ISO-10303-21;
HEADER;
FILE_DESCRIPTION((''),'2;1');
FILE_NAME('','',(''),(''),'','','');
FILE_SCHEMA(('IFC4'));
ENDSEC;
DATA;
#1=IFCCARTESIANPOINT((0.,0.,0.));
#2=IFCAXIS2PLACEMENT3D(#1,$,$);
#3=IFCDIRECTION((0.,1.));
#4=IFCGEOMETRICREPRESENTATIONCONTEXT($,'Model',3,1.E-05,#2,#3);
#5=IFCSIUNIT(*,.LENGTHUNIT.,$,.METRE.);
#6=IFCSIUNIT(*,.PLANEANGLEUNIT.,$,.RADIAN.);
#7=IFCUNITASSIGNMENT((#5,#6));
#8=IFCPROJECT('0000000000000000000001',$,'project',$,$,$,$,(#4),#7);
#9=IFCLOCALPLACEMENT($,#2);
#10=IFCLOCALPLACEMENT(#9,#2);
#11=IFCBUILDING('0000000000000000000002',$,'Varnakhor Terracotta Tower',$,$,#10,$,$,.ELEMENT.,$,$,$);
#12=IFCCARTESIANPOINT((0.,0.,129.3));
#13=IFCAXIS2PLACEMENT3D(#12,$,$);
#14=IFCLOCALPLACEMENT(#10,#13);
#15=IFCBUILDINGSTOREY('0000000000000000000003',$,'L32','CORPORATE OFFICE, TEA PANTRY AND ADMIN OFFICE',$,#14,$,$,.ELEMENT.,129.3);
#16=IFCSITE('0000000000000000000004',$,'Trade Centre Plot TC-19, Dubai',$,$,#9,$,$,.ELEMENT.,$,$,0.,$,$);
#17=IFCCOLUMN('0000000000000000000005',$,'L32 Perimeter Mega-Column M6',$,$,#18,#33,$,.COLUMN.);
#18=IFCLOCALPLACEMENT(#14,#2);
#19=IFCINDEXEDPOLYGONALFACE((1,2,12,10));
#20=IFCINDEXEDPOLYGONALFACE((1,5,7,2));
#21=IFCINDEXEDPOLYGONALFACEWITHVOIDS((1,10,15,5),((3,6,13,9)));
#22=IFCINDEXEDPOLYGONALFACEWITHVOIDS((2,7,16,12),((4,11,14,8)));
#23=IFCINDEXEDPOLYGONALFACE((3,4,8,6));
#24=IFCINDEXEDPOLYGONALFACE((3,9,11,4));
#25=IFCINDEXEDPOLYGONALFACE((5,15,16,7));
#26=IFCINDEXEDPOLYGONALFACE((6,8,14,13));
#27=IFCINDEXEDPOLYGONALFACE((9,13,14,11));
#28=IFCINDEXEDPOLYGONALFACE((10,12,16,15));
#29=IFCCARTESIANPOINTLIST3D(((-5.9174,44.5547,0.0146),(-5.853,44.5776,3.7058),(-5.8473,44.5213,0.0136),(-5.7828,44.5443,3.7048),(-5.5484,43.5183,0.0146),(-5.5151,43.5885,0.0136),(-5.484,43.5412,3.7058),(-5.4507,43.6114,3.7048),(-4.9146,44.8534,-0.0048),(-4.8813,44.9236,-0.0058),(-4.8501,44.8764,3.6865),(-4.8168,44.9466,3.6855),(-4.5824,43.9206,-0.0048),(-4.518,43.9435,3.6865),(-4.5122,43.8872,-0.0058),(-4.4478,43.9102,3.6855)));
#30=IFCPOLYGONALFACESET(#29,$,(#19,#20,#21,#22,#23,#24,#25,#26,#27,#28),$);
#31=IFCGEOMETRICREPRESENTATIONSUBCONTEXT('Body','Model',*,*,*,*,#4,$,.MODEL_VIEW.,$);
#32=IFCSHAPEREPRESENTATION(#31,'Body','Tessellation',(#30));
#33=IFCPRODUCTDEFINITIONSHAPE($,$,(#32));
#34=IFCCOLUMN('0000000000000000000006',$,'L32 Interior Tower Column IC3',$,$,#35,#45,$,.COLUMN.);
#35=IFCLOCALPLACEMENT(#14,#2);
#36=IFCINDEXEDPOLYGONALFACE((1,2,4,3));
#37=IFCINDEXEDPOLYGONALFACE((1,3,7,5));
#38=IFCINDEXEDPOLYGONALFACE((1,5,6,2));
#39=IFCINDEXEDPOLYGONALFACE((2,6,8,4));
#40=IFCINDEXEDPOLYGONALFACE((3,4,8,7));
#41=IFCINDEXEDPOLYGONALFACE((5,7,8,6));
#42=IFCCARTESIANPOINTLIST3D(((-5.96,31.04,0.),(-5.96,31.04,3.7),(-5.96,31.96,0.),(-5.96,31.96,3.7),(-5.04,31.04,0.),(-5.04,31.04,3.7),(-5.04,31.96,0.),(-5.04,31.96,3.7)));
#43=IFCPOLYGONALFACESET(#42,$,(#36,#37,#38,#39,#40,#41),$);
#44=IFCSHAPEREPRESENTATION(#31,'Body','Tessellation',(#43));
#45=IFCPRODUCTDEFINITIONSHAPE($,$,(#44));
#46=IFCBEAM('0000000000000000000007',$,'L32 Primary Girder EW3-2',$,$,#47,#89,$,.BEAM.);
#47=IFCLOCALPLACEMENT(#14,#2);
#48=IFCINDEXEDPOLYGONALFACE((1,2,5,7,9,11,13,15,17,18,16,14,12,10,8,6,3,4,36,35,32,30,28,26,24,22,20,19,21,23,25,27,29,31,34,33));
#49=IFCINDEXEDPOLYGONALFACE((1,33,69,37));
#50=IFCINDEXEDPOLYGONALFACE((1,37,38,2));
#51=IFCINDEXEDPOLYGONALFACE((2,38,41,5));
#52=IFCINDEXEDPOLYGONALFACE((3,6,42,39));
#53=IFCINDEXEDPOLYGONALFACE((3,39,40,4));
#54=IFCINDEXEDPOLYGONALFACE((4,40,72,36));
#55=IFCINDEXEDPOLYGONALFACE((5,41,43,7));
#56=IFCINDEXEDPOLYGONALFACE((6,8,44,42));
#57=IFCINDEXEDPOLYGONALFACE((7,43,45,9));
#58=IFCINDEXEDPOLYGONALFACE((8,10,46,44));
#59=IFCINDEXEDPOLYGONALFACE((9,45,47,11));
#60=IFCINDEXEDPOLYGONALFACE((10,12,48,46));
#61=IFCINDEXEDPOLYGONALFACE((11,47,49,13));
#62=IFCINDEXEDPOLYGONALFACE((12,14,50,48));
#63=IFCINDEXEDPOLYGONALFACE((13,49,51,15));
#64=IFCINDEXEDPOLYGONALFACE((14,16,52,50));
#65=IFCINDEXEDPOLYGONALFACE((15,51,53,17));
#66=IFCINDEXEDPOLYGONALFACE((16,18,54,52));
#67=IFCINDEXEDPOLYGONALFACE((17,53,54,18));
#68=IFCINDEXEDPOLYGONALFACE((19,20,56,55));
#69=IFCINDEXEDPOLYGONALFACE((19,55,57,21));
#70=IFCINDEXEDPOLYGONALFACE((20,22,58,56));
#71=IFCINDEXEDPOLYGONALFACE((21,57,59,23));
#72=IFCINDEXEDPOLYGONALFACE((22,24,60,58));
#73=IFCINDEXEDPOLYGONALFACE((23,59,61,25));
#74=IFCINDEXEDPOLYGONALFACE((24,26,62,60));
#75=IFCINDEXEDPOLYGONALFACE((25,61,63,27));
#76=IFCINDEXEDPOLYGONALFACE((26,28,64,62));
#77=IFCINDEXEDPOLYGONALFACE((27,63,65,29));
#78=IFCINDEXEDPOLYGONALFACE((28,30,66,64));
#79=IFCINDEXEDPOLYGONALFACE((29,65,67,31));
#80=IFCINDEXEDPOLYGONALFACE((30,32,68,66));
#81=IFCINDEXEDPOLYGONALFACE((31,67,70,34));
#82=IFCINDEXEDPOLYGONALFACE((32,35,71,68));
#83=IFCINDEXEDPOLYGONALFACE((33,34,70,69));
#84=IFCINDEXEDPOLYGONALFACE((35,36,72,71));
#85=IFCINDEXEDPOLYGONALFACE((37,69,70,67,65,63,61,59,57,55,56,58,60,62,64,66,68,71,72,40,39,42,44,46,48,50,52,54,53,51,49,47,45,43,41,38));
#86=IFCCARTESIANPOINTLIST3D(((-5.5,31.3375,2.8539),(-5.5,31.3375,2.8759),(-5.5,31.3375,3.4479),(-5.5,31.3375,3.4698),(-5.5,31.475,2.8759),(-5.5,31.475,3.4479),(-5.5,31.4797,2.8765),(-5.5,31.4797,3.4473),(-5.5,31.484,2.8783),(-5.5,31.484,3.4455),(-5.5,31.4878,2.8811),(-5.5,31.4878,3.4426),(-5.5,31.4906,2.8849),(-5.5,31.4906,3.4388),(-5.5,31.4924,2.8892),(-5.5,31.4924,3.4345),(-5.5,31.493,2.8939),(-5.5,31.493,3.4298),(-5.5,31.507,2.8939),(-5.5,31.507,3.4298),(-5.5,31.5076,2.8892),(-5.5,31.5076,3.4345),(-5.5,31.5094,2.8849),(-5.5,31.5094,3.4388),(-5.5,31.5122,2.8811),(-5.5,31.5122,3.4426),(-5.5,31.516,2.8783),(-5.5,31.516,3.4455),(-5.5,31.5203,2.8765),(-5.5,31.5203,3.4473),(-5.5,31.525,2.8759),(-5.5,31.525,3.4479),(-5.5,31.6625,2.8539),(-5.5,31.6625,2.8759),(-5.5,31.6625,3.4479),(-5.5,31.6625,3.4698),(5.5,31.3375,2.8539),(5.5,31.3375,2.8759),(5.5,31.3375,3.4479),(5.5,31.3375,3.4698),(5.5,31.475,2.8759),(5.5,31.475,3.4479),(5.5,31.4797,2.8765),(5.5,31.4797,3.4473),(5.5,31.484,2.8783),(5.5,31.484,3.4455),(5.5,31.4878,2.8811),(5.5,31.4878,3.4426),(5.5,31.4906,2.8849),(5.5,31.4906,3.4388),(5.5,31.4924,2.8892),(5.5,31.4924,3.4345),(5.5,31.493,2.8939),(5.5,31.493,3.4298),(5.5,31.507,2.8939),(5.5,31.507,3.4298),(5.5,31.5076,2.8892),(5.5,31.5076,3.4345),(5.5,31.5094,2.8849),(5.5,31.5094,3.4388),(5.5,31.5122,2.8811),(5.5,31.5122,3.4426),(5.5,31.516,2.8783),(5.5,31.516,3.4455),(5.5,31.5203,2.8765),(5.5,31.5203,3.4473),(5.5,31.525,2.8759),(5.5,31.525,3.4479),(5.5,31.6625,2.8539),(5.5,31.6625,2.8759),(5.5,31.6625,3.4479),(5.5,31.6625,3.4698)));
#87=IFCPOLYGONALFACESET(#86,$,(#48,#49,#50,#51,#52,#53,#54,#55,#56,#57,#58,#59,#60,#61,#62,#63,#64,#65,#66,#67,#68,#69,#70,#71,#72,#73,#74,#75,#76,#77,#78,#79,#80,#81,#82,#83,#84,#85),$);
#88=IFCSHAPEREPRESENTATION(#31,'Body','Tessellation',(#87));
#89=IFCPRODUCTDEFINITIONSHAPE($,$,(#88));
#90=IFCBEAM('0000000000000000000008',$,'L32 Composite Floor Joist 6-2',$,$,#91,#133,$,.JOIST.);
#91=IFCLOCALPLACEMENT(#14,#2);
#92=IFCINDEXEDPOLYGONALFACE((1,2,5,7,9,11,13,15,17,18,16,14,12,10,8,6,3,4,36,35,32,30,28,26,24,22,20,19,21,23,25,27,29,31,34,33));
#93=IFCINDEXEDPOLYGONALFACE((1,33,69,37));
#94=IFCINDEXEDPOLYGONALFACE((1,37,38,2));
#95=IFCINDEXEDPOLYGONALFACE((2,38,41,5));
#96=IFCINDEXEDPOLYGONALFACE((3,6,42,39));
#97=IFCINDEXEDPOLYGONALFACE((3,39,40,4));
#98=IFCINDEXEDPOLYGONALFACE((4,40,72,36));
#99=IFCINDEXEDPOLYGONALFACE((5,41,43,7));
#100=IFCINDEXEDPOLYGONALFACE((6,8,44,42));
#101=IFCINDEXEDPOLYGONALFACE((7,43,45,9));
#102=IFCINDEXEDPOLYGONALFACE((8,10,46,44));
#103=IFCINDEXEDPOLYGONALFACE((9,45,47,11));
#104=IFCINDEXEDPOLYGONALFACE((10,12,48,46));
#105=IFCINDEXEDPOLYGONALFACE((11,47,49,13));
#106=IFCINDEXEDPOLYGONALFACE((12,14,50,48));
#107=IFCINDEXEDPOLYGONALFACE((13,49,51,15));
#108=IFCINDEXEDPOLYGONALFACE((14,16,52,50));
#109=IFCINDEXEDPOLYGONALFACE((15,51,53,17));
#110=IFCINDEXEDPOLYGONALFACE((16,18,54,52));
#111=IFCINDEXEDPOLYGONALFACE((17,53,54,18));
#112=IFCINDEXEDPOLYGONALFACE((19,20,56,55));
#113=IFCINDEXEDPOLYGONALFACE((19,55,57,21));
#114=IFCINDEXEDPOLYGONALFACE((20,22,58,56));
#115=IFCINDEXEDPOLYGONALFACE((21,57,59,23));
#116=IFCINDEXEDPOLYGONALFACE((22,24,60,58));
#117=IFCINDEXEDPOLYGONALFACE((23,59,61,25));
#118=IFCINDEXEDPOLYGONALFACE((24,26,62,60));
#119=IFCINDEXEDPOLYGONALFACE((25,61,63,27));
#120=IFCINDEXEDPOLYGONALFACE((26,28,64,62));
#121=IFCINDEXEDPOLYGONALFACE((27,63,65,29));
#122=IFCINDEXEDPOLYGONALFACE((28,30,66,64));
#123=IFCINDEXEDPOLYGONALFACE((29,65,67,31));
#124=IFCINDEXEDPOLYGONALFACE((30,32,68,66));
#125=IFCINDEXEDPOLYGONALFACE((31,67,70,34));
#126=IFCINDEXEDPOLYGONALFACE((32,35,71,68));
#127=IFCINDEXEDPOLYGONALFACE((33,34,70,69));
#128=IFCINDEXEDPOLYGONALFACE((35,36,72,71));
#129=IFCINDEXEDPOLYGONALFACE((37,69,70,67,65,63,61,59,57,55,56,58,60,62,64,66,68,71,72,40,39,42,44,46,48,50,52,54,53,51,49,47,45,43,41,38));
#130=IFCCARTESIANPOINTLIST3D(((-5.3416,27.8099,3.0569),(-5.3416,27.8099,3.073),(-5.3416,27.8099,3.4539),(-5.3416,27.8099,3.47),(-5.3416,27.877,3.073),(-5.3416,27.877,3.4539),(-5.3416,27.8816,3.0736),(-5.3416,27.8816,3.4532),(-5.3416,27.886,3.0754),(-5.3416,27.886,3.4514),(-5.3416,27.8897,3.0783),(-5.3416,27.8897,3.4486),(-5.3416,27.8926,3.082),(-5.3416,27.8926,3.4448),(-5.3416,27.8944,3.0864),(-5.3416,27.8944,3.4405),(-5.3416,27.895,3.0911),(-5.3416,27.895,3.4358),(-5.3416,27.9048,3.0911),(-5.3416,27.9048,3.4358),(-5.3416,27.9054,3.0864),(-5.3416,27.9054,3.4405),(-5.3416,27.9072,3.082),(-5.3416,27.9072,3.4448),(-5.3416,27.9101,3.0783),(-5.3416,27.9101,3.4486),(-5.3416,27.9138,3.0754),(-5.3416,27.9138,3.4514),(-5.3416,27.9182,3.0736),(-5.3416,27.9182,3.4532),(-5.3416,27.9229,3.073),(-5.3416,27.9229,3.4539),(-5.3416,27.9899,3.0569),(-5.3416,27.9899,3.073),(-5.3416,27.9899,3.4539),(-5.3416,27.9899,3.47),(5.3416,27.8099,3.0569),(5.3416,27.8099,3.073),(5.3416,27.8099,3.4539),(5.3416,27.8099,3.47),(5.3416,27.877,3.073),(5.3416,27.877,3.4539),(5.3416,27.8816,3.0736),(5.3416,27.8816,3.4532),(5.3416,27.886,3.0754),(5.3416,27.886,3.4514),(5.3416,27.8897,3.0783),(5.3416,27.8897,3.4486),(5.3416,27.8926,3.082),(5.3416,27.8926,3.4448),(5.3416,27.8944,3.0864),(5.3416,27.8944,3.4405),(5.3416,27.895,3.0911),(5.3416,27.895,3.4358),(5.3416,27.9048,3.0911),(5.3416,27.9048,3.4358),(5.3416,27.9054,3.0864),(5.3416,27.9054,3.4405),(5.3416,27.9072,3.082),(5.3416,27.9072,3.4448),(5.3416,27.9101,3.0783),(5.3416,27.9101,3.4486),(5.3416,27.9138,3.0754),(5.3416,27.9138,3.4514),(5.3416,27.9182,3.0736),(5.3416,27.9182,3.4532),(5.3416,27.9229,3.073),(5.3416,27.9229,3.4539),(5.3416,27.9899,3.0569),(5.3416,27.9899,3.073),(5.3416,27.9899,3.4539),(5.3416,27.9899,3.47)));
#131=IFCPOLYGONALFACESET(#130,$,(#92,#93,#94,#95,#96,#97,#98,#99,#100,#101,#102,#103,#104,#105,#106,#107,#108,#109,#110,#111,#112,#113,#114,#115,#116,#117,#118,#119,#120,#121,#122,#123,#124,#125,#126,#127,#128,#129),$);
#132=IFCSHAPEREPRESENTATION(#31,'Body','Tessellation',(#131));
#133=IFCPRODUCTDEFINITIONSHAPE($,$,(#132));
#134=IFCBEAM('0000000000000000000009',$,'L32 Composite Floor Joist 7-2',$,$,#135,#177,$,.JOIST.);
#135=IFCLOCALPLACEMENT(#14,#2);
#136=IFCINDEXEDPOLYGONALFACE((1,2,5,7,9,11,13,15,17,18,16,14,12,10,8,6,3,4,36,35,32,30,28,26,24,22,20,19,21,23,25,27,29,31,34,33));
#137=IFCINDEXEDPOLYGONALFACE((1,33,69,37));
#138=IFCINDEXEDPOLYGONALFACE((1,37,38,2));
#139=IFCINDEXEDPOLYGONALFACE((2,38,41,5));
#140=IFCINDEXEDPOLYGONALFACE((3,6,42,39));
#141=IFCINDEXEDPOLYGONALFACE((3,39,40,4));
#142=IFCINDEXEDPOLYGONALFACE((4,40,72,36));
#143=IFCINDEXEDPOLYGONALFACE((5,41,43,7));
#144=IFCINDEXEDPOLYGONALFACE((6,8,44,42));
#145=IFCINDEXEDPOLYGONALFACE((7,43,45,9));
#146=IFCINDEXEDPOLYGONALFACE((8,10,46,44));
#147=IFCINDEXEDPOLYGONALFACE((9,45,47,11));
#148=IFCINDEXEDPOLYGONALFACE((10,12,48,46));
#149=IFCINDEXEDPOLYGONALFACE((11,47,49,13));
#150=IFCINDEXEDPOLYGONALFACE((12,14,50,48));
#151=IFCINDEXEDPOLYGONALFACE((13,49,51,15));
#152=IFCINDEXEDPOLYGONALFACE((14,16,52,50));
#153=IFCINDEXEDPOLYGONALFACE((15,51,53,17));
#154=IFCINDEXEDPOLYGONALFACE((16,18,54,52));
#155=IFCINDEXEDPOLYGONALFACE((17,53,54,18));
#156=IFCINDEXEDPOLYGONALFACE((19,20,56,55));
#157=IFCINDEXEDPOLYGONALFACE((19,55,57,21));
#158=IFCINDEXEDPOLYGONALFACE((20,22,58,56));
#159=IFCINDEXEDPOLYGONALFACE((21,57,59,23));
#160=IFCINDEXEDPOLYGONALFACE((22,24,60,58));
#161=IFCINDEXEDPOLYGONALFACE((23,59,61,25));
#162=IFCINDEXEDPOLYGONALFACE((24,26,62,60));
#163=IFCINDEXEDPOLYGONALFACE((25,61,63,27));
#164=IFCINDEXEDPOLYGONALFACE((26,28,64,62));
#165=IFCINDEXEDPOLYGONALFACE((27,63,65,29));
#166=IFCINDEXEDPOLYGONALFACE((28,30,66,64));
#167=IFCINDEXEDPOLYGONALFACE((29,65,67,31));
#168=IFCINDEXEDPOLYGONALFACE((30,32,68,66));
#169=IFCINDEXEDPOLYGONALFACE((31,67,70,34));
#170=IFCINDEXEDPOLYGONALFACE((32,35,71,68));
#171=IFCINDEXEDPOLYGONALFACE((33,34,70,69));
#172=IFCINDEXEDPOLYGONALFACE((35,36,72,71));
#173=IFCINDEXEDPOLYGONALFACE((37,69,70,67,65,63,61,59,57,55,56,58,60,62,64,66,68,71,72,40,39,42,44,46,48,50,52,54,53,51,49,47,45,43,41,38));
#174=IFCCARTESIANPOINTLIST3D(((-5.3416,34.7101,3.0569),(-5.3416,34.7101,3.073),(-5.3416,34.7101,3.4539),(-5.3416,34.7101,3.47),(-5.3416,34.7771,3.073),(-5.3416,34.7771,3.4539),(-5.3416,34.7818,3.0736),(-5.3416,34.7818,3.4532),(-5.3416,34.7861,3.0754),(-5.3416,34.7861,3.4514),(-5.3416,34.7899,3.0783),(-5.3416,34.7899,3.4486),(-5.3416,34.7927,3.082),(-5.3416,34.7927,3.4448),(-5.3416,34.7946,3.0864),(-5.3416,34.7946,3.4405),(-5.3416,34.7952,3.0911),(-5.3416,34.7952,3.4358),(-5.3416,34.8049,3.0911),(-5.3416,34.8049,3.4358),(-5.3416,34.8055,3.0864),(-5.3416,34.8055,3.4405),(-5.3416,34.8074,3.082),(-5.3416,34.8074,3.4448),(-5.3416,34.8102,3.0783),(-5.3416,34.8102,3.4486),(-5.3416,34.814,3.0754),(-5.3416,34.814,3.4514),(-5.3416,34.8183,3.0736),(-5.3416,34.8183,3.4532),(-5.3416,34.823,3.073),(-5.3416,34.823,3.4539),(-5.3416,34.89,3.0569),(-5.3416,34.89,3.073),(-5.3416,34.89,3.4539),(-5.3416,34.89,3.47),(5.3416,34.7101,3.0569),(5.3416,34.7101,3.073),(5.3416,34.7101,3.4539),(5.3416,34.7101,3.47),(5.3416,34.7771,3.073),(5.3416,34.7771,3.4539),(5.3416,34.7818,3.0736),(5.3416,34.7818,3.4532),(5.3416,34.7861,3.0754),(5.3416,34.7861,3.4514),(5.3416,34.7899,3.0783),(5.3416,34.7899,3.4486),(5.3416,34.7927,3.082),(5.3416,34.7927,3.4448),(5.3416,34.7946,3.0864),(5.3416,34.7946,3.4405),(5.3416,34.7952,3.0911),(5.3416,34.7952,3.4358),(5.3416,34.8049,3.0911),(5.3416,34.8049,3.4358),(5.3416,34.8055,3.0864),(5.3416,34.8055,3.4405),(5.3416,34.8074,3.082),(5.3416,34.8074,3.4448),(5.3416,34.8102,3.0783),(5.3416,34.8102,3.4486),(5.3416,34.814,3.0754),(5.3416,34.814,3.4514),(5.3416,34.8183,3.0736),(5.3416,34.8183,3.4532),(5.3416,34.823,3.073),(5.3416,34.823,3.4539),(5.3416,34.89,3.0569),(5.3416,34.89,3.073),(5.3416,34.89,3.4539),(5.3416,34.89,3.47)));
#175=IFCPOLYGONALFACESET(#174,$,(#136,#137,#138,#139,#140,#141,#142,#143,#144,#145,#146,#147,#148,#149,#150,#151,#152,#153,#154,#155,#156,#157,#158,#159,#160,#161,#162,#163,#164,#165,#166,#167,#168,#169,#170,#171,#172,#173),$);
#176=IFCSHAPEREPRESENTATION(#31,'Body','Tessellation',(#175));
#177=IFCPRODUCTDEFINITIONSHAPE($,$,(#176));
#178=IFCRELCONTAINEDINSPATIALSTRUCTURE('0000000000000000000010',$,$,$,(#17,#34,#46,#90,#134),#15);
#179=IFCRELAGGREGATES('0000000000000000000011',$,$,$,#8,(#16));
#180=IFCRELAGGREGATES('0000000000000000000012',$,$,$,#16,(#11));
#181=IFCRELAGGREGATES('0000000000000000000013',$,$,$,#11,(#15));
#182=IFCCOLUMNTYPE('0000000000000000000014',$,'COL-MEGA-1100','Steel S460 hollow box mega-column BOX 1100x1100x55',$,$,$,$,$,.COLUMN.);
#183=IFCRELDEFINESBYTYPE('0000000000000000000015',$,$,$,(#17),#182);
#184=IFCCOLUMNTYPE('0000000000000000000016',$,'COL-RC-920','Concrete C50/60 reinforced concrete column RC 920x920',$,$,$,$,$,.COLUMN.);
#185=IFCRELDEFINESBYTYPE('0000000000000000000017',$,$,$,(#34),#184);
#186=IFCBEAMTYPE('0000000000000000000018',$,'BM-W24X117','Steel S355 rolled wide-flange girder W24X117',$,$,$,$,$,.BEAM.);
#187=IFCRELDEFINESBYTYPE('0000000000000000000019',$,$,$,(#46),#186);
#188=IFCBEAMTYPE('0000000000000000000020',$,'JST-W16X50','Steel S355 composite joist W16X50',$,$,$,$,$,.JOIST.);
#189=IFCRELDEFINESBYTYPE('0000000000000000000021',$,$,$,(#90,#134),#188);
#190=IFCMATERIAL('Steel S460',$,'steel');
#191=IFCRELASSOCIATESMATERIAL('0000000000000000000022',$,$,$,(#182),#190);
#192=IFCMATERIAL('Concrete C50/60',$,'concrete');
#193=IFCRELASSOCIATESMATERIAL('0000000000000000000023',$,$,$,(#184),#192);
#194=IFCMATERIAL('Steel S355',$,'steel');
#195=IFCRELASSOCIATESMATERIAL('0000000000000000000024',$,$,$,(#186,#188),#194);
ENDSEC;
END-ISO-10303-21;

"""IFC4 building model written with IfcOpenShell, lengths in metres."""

from ifc_helpers import new_model, si_unit, direction, frame, origin, origin_2d, place, context, subcontext, project, spatial, rectangle, hollow_rectangle, i_section, extrude, source, transform, mapped, material, material_profile, profile_set, type_object, element, save


model = new_model("IFC4")

# Units and contexts
model_context = context("Model", 3, precision=1e-05, world=origin(), true_north=direction((0.0, 1.0)))
body_context = subcontext(model_context, "Body", "Model", "MODEL_VIEW")
ifc_project = project(units=[si_unit("LENGTHUNIT", "METRE"), si_unit("PLANEANGLEUNIT", "RADIAN")], contexts=[model_context])

# Site, building, storey
site_placement = place(None, origin())
site = spatial("IfcSite", under=ifc_project, at=site_placement, Name="Trade Centre Plot TC-19, Dubai", CompositionType="ELEMENT", RefElevation=0.0)
building_placement = place(site_placement, origin())
building = spatial("IfcBuilding", under=site, at=building_placement, Name="Varnakhor Terracotta Tower", CompositionType="ELEMENT")
storey_placement = place(building_placement, frame((0.0, 0.0, 129.3)))
storey = spatial("IfcBuildingStorey", under=building, at=storey_placement, Name="L32", Description="CORPORATE OFFICE, TEA PANTRY AND ADMIN OFFICE", CompositionType="ELEMENT", Elevation=129.3)

# Columns
ifc_material_1 = material(Name="Steel S460", Category="steel")
ifc_material_profile_1 = material_profile(ifc_material_1, hollow_rectangle(XDim=1.1001, YDim=1.1001, WallThickness=0.0549, at=origin_2d()), Name="BOX 1100x1100x55")
ifc_profile_set_1 = profile_set([ifc_material_profile_1], Name="Steel S460")
column_type_1 = type_object("IfcColumnType", Name="COL-MEGA-1100", Description="Steel S460 hollow box mega-column BOX 1100x1100x55", PredefinedType="COLUMN", material=ifc_profile_set_1)
shared_shape_1 = source(origin(), body_context, "Body", "SweptSolid", [
    extrude(hollow_rectangle(XDim=1.1001, YDim=1.1001, WallThickness=0.0549, at=origin_2d()), origin(), (0.0, 0.0, 1.0), 3.6919),
])
column_1_placement = place(storey_placement, frame((-5.2148, 44.2209, 0.0044), z_axis=(0.017458, 0.006216, 0.999828), x_axis=(-0.335432, 0.942064, 0.0)))
element("IfcColumn", 1, at=column_1_placement, inside=storey, type_object=column_type_1, Name="L32 Perimeter Mega-Column M6", PredefinedType="COLUMN", context=body_context, shape_type="MappedRepresentation", body=[
    mapped(shared_shape_1, transform((0.0, 0.0, 0.0), scale=1.0)),
])
ifc_material_2 = material(Name="Concrete C50/60", Category="concrete")
ifc_material_profile_2 = material_profile(ifc_material_2, rectangle(XDim=0.9199, YDim=0.9199, at=origin_2d()), Name="RC 920x920")
ifc_profile_set_2 = profile_set([ifc_material_profile_2], Name="Concrete C50/60")
column_type_2 = type_object("IfcColumnType", Name="COL-RC-920", Description="Concrete C50/60 reinforced concrete column RC 920x920", PredefinedType="COLUMN", material=ifc_profile_set_2)
shared_shape_2 = source(origin(), body_context, "Body", "SweptSolid", [
    extrude(rectangle(XDim=0.9199, YDim=0.9199, at=origin_2d()), origin(), (0.0, 0.0, 1.0), 3.7),
])
column_2_placement = place(storey_placement, frame((-5.5, 31.5, 0.0), z_axis=(0.0, 0.0, 1.0), x_axis=(1.0, 0.0, 0.0)))
element("IfcColumn", 2, at=column_2_placement, inside=storey, type_object=column_type_2, Name="L32 Interior Tower Column IC3", PredefinedType="COLUMN", context=body_context, shape_type="MappedRepresentation", body=[
    mapped(shared_shape_2, transform((0.0, 0.0, 0.0), scale=1.0)),
])

# Beams
ifc_material_3 = material(Name="Steel S355", Category="steel")
ifc_material_profile_3 = material_profile(ifc_material_3, i_section(OverallWidth=0.325, OverallDepth=0.616, WebThickness=0.0139, FlangeThickness=0.022, FilletRadius=0.0181, at=origin_2d()), Name="W24X117")
ifc_profile_set_3 = profile_set([ifc_material_profile_3], Name="Steel S355")
beam_type_1 = type_object("IfcBeamType", Name="BM-W24X117", Description="Steel S355 rolled wide-flange girder W24X117", PredefinedType="BEAM", material=ifc_profile_set_3)
shared_shape_3 = source(origin(), body_context, "Body", "SweptSolid", [
    extrude(i_section(OverallWidth=0.325, OverallDepth=0.616, WebThickness=0.0139, FlangeThickness=0.022, FilletRadius=0.0181, at=origin_2d()), origin(), (0.0, 0.0, 1.0), 11.0),
])
beam_1_placement = place(storey_placement, frame((-5.5, 31.5, 3.1619), z_axis=(1.0, 0.0, 0.0), x_axis=(0.0, 1.0, 0.0)))
element("IfcBeam", 3, at=beam_1_placement, inside=storey, type_object=beam_type_1, Name="L32 Primary Girder EW3-2", PredefinedType="BEAM", context=body_context, shape_type="MappedRepresentation", body=[
    mapped(shared_shape_3, transform((0.0, 0.0, 0.0), scale=1.0)),
])
ifc_material_profile_4 = material_profile(ifc_material_3, i_section(OverallWidth=0.1799, OverallDepth=0.4131, WebThickness=0.0098, FlangeThickness=0.0161, FilletRadius=0.0181, at=origin_2d()), Name="W16X50")
ifc_profile_set_4 = profile_set([ifc_material_profile_4], Name="Steel S355")
beam_type_2 = type_object("IfcBeamType", Name="JST-W16X50", Description="Steel S355 composite joist W16X50", PredefinedType="JOIST", material=ifc_profile_set_4)
shared_shape_4 = source(origin(), body_context, "Body", "SweptSolid", [
    extrude(i_section(OverallWidth=0.1799, OverallDepth=0.4131, WebThickness=0.0098, FlangeThickness=0.0161, FilletRadius=0.0181, at=origin_2d()), origin(), (0.0, 0.0, 1.0), 10.6831),
])
for number, where, z_axis, x_axis, name in (
    (4, (-5.3416, 27.8999, 3.2634), (1.0, 0.0, 0.0), (0.0, 1.0, 0.0), "L32 Composite Floor Joist 6-2"),
    (5, (-5.3416, 34.8, 3.2634), (1.0, 0.0, 0.0), (0.0, 1.0, 0.0), "L32 Composite Floor Joist 7-2"),
):
    element("IfcBeam", number, at=place(storey_placement, frame(where, z_axis=z_axis, x_axis=x_axis)), inside=storey, type_object=beam_type_2, Name=name, PredefinedType="JOIST", context=body_context, shape_type="MappedRepresentation", body=[
        mapped(shared_shape_4, transform((0.0, 0.0, 0.0), scale=1.0)),
    ])

save(model, "model.ifc")
